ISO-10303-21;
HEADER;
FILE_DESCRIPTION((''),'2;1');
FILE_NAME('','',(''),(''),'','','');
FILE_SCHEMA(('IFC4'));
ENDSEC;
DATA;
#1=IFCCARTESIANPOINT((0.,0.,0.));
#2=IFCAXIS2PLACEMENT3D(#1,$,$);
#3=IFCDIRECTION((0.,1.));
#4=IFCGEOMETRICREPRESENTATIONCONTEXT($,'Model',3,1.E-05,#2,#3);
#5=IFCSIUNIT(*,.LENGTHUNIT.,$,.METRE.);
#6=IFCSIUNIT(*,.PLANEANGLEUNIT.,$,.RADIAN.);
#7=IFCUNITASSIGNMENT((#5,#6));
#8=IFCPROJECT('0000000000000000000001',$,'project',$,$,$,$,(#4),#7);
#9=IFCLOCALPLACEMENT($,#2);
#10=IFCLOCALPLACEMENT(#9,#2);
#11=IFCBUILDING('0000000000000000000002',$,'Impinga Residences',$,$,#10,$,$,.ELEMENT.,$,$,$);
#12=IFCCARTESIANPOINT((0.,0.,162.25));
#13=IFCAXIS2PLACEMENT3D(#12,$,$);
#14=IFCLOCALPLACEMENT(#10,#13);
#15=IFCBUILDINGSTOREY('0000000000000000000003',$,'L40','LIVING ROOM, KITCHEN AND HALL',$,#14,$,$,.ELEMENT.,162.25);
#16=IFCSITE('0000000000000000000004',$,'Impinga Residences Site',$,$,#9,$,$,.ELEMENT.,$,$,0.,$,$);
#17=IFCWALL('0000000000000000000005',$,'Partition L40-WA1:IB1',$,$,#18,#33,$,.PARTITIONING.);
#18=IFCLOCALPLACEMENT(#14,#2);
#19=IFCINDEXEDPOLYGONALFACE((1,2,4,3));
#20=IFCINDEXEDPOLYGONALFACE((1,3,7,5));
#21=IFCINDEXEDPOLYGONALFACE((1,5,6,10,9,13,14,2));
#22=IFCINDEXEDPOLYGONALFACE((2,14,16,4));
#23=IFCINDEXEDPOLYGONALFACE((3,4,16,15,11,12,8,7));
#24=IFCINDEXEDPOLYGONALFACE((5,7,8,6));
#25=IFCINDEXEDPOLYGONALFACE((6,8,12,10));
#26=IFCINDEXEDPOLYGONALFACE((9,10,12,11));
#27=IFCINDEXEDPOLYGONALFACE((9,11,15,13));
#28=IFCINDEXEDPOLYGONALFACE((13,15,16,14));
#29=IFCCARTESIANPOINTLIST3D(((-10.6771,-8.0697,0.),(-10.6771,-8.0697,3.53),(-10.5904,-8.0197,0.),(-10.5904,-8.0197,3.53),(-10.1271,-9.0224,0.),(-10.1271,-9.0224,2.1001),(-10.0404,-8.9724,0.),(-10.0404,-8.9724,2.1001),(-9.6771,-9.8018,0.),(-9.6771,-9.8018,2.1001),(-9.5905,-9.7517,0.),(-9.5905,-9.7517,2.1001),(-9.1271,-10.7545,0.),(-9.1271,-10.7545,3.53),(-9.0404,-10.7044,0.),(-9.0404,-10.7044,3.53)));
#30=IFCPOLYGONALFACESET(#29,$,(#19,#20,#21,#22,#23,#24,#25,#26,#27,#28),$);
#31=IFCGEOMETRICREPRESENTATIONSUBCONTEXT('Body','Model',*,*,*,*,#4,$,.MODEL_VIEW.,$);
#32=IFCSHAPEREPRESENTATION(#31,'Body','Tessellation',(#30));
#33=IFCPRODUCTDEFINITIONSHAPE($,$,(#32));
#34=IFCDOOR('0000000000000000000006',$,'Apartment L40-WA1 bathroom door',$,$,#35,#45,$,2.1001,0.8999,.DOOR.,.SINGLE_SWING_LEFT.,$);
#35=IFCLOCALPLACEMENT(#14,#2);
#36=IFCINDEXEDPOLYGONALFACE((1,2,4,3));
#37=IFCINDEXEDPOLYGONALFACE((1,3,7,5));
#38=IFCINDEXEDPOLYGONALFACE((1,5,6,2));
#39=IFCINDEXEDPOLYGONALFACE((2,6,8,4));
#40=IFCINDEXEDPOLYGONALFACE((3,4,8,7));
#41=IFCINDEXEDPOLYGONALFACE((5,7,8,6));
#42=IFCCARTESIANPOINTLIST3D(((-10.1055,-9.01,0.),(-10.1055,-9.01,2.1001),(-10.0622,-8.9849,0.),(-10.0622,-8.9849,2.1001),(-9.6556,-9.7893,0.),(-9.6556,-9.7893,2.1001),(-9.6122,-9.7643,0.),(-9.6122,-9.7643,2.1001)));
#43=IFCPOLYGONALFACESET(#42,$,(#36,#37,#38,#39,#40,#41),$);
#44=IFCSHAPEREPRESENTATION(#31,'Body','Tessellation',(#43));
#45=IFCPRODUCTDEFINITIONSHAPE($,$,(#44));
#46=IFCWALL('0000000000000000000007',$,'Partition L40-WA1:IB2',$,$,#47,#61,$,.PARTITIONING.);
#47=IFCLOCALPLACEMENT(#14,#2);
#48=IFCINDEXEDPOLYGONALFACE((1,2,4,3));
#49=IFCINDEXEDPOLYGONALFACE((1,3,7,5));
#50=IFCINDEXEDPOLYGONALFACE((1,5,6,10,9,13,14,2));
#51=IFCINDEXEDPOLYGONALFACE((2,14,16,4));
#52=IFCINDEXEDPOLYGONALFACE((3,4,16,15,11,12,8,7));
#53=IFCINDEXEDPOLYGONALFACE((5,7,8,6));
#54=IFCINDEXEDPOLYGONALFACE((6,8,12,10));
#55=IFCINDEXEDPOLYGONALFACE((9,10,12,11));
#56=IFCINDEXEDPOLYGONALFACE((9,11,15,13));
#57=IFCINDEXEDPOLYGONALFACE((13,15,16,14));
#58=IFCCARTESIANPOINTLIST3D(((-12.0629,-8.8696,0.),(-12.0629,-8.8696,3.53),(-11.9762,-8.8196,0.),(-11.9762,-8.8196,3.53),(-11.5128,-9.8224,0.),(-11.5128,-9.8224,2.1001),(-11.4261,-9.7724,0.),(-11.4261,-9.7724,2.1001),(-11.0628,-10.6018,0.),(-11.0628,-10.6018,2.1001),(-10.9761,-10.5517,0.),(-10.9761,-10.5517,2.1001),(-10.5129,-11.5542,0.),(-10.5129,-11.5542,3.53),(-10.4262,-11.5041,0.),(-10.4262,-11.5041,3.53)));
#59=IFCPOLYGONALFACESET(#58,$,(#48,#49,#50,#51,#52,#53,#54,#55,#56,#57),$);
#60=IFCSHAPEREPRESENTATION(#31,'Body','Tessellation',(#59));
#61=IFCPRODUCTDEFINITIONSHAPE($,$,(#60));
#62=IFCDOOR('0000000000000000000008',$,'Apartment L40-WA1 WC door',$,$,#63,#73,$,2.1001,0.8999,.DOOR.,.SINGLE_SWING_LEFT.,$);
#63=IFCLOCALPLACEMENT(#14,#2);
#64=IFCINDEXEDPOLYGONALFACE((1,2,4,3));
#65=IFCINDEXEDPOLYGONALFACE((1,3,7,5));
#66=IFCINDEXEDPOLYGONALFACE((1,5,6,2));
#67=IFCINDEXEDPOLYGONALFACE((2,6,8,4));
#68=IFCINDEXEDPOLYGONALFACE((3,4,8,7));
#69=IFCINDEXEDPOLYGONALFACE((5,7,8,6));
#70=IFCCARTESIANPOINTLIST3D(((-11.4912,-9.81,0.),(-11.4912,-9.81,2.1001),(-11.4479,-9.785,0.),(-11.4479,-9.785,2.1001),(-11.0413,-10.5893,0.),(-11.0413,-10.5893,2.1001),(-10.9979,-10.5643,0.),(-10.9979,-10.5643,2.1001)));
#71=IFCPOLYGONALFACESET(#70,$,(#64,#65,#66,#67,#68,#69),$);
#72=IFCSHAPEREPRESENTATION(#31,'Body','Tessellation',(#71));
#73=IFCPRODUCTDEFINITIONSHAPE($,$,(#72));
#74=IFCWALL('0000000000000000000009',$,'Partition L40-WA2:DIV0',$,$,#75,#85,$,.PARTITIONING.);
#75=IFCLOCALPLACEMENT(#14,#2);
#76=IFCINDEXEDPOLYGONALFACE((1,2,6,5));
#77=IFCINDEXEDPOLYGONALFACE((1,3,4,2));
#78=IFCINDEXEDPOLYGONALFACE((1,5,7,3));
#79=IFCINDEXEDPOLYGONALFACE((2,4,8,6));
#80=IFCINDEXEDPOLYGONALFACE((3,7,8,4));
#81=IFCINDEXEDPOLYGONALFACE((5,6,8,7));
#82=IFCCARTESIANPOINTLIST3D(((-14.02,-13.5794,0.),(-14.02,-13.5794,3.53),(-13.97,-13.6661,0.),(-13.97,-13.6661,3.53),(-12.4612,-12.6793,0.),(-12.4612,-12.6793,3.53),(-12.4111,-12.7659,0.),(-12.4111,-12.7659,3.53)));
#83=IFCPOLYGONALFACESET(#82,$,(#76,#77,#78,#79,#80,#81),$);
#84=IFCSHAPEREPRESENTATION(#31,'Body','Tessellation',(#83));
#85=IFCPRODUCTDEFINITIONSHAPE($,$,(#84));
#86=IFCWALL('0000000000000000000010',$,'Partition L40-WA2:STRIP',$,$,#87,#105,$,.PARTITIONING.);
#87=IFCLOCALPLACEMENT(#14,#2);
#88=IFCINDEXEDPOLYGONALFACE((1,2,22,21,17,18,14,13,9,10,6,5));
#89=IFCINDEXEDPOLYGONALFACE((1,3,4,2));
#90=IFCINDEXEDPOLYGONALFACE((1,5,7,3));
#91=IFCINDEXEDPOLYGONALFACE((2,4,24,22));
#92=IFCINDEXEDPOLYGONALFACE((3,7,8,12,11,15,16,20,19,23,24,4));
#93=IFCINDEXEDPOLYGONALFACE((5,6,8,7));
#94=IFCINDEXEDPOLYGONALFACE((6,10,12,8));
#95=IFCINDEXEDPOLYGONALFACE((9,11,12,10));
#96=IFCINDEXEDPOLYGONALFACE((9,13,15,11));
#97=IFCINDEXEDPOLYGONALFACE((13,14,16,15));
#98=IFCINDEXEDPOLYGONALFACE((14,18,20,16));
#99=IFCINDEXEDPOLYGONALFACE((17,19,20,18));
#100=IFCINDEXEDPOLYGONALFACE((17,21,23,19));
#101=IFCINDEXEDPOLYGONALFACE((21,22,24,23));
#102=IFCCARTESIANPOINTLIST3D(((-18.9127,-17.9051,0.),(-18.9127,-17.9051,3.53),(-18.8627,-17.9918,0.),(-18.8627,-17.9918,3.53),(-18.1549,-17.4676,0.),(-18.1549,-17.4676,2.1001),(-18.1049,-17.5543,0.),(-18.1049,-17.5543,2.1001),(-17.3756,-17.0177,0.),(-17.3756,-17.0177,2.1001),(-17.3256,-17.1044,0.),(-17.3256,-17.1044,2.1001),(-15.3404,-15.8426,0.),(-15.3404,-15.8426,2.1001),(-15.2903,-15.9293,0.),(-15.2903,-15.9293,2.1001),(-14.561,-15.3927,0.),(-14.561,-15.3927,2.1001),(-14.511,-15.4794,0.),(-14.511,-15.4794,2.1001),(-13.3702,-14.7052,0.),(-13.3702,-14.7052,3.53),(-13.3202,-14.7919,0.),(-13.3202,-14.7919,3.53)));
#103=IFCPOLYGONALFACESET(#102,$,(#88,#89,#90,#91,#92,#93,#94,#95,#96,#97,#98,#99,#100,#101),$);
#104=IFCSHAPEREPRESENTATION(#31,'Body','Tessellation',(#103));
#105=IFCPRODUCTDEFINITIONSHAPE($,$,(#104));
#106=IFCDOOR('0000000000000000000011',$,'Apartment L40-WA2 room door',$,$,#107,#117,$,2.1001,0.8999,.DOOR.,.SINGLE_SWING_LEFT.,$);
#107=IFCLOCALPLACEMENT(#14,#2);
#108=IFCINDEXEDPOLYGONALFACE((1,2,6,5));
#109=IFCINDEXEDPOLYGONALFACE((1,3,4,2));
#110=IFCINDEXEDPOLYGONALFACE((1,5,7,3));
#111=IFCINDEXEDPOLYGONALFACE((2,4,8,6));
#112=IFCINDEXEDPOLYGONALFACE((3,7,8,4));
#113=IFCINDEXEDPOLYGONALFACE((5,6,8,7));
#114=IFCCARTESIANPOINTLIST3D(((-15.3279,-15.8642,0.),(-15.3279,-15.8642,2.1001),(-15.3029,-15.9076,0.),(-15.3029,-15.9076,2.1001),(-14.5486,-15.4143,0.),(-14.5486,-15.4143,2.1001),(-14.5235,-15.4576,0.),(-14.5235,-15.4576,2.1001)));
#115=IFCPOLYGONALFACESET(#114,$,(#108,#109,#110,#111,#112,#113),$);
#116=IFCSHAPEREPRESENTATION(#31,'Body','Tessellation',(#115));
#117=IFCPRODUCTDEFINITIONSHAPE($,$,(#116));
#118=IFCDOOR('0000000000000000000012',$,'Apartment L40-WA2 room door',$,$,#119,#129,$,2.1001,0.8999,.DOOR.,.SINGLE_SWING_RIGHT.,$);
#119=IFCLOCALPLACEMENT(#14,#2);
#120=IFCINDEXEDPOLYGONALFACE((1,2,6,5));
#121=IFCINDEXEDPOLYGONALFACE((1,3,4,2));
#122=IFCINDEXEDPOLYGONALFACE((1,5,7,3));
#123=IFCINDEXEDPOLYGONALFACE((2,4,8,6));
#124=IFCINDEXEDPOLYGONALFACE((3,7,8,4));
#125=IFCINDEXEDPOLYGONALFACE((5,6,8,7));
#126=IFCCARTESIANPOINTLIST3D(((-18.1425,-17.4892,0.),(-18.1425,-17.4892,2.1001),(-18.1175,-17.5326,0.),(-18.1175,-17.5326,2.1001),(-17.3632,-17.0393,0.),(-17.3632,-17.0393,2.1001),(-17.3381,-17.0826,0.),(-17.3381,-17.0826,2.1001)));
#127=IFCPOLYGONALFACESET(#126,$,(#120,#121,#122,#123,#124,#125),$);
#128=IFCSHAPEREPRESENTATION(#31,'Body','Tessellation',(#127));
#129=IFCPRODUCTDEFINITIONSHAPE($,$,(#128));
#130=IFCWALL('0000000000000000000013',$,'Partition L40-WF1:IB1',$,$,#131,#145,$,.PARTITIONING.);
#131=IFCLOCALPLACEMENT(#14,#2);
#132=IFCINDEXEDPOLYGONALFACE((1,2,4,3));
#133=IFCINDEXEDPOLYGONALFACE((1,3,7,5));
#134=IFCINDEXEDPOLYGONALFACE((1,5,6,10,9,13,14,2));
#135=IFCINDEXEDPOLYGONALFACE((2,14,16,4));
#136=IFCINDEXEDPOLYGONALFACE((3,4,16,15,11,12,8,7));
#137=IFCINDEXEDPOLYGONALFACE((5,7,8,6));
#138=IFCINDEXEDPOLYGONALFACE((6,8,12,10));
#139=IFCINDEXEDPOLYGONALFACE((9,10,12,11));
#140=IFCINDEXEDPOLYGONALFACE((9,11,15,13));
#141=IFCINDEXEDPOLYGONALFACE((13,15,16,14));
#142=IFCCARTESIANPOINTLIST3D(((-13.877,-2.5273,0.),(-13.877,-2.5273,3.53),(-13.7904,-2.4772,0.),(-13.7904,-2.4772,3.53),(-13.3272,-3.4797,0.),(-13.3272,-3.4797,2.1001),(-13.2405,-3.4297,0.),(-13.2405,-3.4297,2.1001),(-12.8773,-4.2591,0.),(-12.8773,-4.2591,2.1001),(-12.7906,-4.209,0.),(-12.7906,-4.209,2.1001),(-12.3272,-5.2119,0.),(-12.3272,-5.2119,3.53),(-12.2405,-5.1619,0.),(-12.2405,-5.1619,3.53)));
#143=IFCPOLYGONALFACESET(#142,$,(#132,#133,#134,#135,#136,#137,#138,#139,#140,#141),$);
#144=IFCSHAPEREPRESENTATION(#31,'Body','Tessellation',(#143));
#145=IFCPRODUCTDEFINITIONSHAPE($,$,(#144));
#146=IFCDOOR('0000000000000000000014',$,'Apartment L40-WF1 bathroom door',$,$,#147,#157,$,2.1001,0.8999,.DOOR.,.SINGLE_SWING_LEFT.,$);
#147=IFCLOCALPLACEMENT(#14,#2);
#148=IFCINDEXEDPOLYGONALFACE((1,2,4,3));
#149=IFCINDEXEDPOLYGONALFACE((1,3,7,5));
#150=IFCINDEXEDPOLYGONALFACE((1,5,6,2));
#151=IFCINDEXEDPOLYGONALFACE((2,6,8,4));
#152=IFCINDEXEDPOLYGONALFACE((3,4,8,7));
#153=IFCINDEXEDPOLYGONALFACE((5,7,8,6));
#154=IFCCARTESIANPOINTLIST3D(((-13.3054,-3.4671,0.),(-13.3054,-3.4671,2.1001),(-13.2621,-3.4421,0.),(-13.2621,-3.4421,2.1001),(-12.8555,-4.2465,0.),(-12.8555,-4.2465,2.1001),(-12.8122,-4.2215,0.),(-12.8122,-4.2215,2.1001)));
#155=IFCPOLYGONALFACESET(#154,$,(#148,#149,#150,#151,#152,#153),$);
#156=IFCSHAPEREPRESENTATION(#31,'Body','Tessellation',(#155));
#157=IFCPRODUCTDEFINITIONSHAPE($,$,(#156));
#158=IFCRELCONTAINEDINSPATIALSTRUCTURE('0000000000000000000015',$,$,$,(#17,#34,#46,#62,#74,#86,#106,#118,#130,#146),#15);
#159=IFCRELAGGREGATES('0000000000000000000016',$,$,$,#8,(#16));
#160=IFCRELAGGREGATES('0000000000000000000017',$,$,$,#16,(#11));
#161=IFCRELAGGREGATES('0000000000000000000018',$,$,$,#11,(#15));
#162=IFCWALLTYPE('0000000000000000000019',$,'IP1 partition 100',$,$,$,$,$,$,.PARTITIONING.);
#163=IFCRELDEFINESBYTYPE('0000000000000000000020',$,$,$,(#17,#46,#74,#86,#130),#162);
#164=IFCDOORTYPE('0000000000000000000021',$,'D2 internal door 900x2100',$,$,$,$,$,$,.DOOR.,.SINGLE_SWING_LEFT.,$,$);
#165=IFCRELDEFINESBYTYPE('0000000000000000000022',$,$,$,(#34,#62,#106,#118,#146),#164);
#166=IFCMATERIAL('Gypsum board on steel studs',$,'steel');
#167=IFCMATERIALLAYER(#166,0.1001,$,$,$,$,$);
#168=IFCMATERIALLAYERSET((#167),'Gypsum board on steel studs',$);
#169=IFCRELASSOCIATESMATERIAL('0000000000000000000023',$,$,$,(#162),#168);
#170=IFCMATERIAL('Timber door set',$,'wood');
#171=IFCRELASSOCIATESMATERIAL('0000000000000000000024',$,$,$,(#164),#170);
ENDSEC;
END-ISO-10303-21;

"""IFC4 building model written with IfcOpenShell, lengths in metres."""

from ifc_helpers import new_model, si_unit, direction, frame, frame_2d, origin, place, context, subcontext, project, spatial, rectangle, extrude, material, layer, layer_set, type_object, element, fill, save


model = new_model("IFC4")

# Units and contexts
model_context = context("Model", 3, precision=1e-05, world=origin(), true_north=direction((0.0, 1.0)))
body_context = subcontext(model_context, "Body", "Model", "MODEL_VIEW")
ifc_project = project(units=[si_unit("LENGTHUNIT", "METRE"), si_unit("PLANEANGLEUNIT", "RADIAN")], contexts=[model_context])

# Site, building, storey
site_placement = place(None, origin())
site = spatial("IfcSite", under=ifc_project, at=site_placement, Name="Impinga Residences Site", CompositionType="ELEMENT", RefElevation=0.0)
building_placement = place(site_placement, origin())
building = spatial("IfcBuilding", under=site, at=building_placement, Name="Impinga Residences", CompositionType="ELEMENT")
storey_placement = place(building_placement, frame((0.0, 0.0, 162.25)))
storey = spatial("IfcBuildingStorey", under=building, at=storey_placement, Name="L40", Description="LIVING ROOM, KITCHEN AND HALL", CompositionType="ELEMENT", Elevation=162.25)

# Shared definitions
ifc_material_1 = material(Name="Timber door set", Category="wood")

# Shared definitions
ifc_material_2 = material(Name="Gypsum board on steel studs", Category="steel")
ifc_layer_1 = layer(ifc_material_2, 0.1001)
ifc_layer_set_1 = layer_set([ifc_layer_1], Name="Gypsum board on steel studs")
wall_type_1 = type_object("IfcWallType", Name="IP1 partition 100", PredefinedType="PARTITIONING", material=ifc_layer_set_1)

# Walls, openings, doors
wall_1_placement = place(storey_placement, frame((-10.6338, -8.0447, 0.0), z_axis=(0.0, 0.0, 1.0), x_axis=(0.499993, -0.86603, 0.0)))
wall_1 = element("IfcWall", 1, at=wall_1_placement, inside=storey, type_object=wall_type_1, Name="Partition L40-WA1:IB1", PredefinedType="PARTITIONING", context=body_context, shape_type="SweptSolid", body=[
    extrude(rectangle(XDim=3.1001, YDim=0.1001, at=frame_2d((1.55, 0.0))), origin(), (0.0, 0.0, 1.0), 3.53),
])
opening_1_placement = place(wall_1_placement, frame((1.1001, 0.0, 0.0)))
opening_1 = element("IfcOpeningElement", 2, at=opening_1_placement, cuts=wall_1, PredefinedType="OPENING", context=body_context, shape_type="SweptSolid", body=[
    extrude(rectangle(XDim=0.8999, YDim=2.1001, at=frame_2d((0.45, 1.05))), frame((0.0, 0.0601, 0.0), z_axis=(0.0, -1.0, 0.0), x_axis=(1.0, 0.0, 0.0)), (0.0, 0.0, 1.0), 0.1201),
])
door_type_1 = type_object("IfcDoorType", Name="D2 internal door 900x2100", OperationType="SINGLE_SWING_LEFT", PredefinedType="DOOR", material=ifc_material_1)
door_1_placement = place(opening_1_placement, origin())
door_1 = element("IfcDoor", 3, at=door_1_placement, inside=storey, type_object=door_type_1, Name="Apartment L40-WA1 bathroom door", OperationType="SINGLE_SWING_LEFT", OverallHeight=2.1001, OverallWidth=0.8999, PredefinedType="DOOR", context=body_context, shape_type="SweptSolid", body=[
    extrude(rectangle(XDim=0.8999, YDim=2.1001, at=frame_2d((0.45, 1.05))), frame((0.0, 0.0249, 0.0), z_axis=(0.0, -1.0, 0.0), x_axis=(1.0, 0.0, 0.0)), (0.0, 0.0, 1.0), 0.05),
])
fill(opening_1, door_1)
wall_2_placement = place(storey_placement, frame((-12.0195, -8.8447, 0.0), z_axis=(0.0, 0.0, 1.0), x_axis=(0.500027, -0.86601, 0.0)))
wall_2 = element("IfcWall", 4, at=wall_2_placement, inside=storey, type_object=wall_type_1, Name="Partition L40-WA1:IB2", PredefinedType="PARTITIONING", context=body_context, shape_type="SweptSolid", body=[
    extrude(rectangle(XDim=3.0999, YDim=0.1001, at=frame_2d((1.5498, 0.0))), origin(), (0.0, 0.0, 1.0), 3.53),
])
opening_2_placement = place(wall_2_placement, frame((1.1001, 0.0, 0.0)))
opening_2 = element("IfcOpeningElement", 5, at=opening_2_placement, cuts=wall_2, PredefinedType="OPENING", context=body_context, shape_type="SweptSolid", body=[
    extrude(rectangle(XDim=0.8999, YDim=2.1001, at=frame_2d((0.45, 1.05))), frame((0.0, 0.0601, 0.0), z_axis=(0.0, -1.0, 0.0), x_axis=(1.0, 0.0, 0.0)), (0.0, 0.0, 1.0), 0.1201),
])
door_2_placement = place(opening_2_placement, origin())
door_2 = element("IfcDoor", 6, at=door_2_placement, inside=storey, type_object=door_type_1, Name="Apartment L40-WA1 WC door", OperationType="SINGLE_SWING_LEFT", OverallHeight=2.1001, OverallWidth=0.8999, PredefinedType="DOOR", context=body_context, shape_type="SweptSolid", body=[
    extrude(rectangle(XDim=0.8999, YDim=2.1001, at=frame_2d((0.45, 1.05))), frame((0.0, 0.0249, 0.0), z_axis=(0.0, -1.0, 0.0), x_axis=(1.0, 0.0, 0.0)), (0.0, 0.0, 1.0), 0.05),
])
fill(opening_2, door_2)

# Wall
wall_3_placement = place(storey_placement, frame((-12.4363, -12.7227, 0.0), z_axis=(0.0, 0.0, 1.0), x_axis=(-0.865989, -0.500063, 0.0)))
element("IfcWall", 7, at=wall_3_placement, inside=storey, type_object=wall_type_1, Name="Partition L40-WA2:DIV0", PredefinedType="PARTITIONING", context=body_context, shape_type="SweptSolid", body=[
    extrude(rectangle(XDim=1.8, YDim=0.1001, at=frame_2d((0.8999, 0.0))), origin(), (0.0, 0.0, 1.0), 3.53),
])

# Wall, openings, doors
wall_4_placement = place(storey_placement, frame((-13.3452, -14.7485, 0.0), z_axis=(0.0, 0.0, 1.0), x_axis=(-0.866025, -0.5, 0.0)))
wall_4 = element("IfcWall", 8, at=wall_4_placement, inside=storey, type_object=wall_type_1, Name="Partition L40-WA2:STRIP", PredefinedType="PARTITIONING", context=body_context, shape_type="SweptSolid", body=[
    extrude(rectangle(XDim=6.3999, YDim=0.1001, at=frame_2d((3.2, 0.0))), origin(), (0.0, 0.0, 1.0), 3.53),
])
opening_3_placement = place(wall_4_placement, frame((1.375, 0.0, 0.0)))
opening_3 = element("IfcOpeningElement", 9, at=opening_3_placement, cuts=wall_4, PredefinedType="OPENING", context=body_context, shape_type="SweptSolid", body=[
    extrude(rectangle(XDim=0.8999, YDim=2.1001, at=frame_2d((0.45, 1.05))), frame((0.0, 0.0601, 0.0), z_axis=(0.0, -1.0, 0.0), x_axis=(1.0, 0.0, 0.0)), (0.0, 0.0, 1.0), 0.1201),
])
opening_4_placement = place(wall_4_placement, frame((4.625, 0.0, 0.0)))
opening_4 = element("IfcOpeningElement", 10, at=opening_4_placement, cuts=wall_4, PredefinedType="OPENING", context=body_context, shape_type="SweptSolid", body=[
    extrude(rectangle(XDim=0.8999, YDim=2.1001, at=frame_2d((0.45, 1.05))), frame((0.0, 0.0601, 0.0), z_axis=(0.0, -1.0, 0.0), x_axis=(1.0, 0.0, 0.0)), (0.0, 0.0, 1.0), 0.1201),
])
door_3_placement = place(opening_3_placement, origin())
door_3 = element("IfcDoor", 11, at=door_3_placement, inside=storey, type_object=door_type_1, Name="Apartment L40-WA2 room door", OperationType="SINGLE_SWING_LEFT", OverallHeight=2.1001, OverallWidth=0.8999, PredefinedType="DOOR", context=body_context, shape_type="SweptSolid", body=[
    extrude(rectangle(XDim=0.8999, YDim=2.1001, at=frame_2d((0.45, 1.05))), frame((0.0, 0.0249, 0.0), z_axis=(0.0, -1.0, 0.0), x_axis=(1.0, 0.0, 0.0)), (0.0, 0.0, 1.0), 0.05),
])
fill(opening_3, door_3)
door_4_placement = place(opening_4_placement, origin())
door_4 = element("IfcDoor", 12, at=door_4_placement, inside=storey, type_object=door_type_1, Name="Apartment L40-WA2 room door", OperationType="SINGLE_SWING_RIGHT", OverallHeight=2.1001, OverallWidth=0.8999, PredefinedType="DOOR", context=body_context, shape_type="SweptSolid", body=[
    extrude(rectangle(XDim=0.8999, YDim=2.1001, at=frame_2d((0.45, 1.05))), frame((0.0, 0.0249, 0.0), z_axis=(0.0, -1.0, 0.0), x_axis=(1.0, 0.0, 0.0)), (0.0, 0.0, 1.0), 0.05),
])
fill(opening_4, door_4)

# Wall, opening, door
wall_5_placement = place(storey_placement, frame((-12.2839, -5.1868, 0.0), z_axis=(0.0, 0.0, 1.0), x_axis=(-0.499968, 0.866044, 0.0)))
wall_5 = element("IfcWall", 13, at=wall_5_placement, inside=storey, type_object=wall_type_1, Name="Partition L40-WF1:IB1", PredefinedType="PARTITIONING", context=body_context, shape_type="SweptSolid", body=[
    extrude(rectangle(XDim=3.0999, YDim=0.1001, at=frame_2d((1.5498, 0.0))), origin(), (0.0, 0.0, 1.0), 3.53),
])
opening_5_placement = place(wall_5_placement, frame((1.1001, 0.0, 0.0)))
opening_5 = element("IfcOpeningElement", 14, at=opening_5_placement, cuts=wall_5, PredefinedType="OPENING", context=body_context, shape_type="SweptSolid", body=[
    extrude(rectangle(XDim=0.8999, YDim=2.1001, at=frame_2d((0.45, 1.05))), frame((0.0, 0.0601, 0.0), z_axis=(0.0, -1.0, 0.0), x_axis=(1.0, 0.0, 0.0)), (0.0, 0.0, 1.0), 0.1201),
])
door_5_placement = place(opening_5_placement, origin())
door_5 = element("IfcDoor", 15, at=door_5_placement, inside=storey, type_object=door_type_1, Name="Apartment L40-WF1 bathroom door", OperationType="SINGLE_SWING_LEFT", OverallHeight=2.1001, OverallWidth=0.8999, PredefinedType="DOOR", context=body_context, shape_type="SweptSolid", body=[
    extrude(rectangle(XDim=0.8999, YDim=2.1001, at=frame_2d((0.45, 1.05))), frame((0.0, 0.0249, 0.0), z_axis=(0.0, -1.0, 0.0), x_axis=(1.0, 0.0, 0.0)), (0.0, 0.0, 1.0), 0.05),
])
fill(opening_5, door_5)

save(model, "model.ifc")
